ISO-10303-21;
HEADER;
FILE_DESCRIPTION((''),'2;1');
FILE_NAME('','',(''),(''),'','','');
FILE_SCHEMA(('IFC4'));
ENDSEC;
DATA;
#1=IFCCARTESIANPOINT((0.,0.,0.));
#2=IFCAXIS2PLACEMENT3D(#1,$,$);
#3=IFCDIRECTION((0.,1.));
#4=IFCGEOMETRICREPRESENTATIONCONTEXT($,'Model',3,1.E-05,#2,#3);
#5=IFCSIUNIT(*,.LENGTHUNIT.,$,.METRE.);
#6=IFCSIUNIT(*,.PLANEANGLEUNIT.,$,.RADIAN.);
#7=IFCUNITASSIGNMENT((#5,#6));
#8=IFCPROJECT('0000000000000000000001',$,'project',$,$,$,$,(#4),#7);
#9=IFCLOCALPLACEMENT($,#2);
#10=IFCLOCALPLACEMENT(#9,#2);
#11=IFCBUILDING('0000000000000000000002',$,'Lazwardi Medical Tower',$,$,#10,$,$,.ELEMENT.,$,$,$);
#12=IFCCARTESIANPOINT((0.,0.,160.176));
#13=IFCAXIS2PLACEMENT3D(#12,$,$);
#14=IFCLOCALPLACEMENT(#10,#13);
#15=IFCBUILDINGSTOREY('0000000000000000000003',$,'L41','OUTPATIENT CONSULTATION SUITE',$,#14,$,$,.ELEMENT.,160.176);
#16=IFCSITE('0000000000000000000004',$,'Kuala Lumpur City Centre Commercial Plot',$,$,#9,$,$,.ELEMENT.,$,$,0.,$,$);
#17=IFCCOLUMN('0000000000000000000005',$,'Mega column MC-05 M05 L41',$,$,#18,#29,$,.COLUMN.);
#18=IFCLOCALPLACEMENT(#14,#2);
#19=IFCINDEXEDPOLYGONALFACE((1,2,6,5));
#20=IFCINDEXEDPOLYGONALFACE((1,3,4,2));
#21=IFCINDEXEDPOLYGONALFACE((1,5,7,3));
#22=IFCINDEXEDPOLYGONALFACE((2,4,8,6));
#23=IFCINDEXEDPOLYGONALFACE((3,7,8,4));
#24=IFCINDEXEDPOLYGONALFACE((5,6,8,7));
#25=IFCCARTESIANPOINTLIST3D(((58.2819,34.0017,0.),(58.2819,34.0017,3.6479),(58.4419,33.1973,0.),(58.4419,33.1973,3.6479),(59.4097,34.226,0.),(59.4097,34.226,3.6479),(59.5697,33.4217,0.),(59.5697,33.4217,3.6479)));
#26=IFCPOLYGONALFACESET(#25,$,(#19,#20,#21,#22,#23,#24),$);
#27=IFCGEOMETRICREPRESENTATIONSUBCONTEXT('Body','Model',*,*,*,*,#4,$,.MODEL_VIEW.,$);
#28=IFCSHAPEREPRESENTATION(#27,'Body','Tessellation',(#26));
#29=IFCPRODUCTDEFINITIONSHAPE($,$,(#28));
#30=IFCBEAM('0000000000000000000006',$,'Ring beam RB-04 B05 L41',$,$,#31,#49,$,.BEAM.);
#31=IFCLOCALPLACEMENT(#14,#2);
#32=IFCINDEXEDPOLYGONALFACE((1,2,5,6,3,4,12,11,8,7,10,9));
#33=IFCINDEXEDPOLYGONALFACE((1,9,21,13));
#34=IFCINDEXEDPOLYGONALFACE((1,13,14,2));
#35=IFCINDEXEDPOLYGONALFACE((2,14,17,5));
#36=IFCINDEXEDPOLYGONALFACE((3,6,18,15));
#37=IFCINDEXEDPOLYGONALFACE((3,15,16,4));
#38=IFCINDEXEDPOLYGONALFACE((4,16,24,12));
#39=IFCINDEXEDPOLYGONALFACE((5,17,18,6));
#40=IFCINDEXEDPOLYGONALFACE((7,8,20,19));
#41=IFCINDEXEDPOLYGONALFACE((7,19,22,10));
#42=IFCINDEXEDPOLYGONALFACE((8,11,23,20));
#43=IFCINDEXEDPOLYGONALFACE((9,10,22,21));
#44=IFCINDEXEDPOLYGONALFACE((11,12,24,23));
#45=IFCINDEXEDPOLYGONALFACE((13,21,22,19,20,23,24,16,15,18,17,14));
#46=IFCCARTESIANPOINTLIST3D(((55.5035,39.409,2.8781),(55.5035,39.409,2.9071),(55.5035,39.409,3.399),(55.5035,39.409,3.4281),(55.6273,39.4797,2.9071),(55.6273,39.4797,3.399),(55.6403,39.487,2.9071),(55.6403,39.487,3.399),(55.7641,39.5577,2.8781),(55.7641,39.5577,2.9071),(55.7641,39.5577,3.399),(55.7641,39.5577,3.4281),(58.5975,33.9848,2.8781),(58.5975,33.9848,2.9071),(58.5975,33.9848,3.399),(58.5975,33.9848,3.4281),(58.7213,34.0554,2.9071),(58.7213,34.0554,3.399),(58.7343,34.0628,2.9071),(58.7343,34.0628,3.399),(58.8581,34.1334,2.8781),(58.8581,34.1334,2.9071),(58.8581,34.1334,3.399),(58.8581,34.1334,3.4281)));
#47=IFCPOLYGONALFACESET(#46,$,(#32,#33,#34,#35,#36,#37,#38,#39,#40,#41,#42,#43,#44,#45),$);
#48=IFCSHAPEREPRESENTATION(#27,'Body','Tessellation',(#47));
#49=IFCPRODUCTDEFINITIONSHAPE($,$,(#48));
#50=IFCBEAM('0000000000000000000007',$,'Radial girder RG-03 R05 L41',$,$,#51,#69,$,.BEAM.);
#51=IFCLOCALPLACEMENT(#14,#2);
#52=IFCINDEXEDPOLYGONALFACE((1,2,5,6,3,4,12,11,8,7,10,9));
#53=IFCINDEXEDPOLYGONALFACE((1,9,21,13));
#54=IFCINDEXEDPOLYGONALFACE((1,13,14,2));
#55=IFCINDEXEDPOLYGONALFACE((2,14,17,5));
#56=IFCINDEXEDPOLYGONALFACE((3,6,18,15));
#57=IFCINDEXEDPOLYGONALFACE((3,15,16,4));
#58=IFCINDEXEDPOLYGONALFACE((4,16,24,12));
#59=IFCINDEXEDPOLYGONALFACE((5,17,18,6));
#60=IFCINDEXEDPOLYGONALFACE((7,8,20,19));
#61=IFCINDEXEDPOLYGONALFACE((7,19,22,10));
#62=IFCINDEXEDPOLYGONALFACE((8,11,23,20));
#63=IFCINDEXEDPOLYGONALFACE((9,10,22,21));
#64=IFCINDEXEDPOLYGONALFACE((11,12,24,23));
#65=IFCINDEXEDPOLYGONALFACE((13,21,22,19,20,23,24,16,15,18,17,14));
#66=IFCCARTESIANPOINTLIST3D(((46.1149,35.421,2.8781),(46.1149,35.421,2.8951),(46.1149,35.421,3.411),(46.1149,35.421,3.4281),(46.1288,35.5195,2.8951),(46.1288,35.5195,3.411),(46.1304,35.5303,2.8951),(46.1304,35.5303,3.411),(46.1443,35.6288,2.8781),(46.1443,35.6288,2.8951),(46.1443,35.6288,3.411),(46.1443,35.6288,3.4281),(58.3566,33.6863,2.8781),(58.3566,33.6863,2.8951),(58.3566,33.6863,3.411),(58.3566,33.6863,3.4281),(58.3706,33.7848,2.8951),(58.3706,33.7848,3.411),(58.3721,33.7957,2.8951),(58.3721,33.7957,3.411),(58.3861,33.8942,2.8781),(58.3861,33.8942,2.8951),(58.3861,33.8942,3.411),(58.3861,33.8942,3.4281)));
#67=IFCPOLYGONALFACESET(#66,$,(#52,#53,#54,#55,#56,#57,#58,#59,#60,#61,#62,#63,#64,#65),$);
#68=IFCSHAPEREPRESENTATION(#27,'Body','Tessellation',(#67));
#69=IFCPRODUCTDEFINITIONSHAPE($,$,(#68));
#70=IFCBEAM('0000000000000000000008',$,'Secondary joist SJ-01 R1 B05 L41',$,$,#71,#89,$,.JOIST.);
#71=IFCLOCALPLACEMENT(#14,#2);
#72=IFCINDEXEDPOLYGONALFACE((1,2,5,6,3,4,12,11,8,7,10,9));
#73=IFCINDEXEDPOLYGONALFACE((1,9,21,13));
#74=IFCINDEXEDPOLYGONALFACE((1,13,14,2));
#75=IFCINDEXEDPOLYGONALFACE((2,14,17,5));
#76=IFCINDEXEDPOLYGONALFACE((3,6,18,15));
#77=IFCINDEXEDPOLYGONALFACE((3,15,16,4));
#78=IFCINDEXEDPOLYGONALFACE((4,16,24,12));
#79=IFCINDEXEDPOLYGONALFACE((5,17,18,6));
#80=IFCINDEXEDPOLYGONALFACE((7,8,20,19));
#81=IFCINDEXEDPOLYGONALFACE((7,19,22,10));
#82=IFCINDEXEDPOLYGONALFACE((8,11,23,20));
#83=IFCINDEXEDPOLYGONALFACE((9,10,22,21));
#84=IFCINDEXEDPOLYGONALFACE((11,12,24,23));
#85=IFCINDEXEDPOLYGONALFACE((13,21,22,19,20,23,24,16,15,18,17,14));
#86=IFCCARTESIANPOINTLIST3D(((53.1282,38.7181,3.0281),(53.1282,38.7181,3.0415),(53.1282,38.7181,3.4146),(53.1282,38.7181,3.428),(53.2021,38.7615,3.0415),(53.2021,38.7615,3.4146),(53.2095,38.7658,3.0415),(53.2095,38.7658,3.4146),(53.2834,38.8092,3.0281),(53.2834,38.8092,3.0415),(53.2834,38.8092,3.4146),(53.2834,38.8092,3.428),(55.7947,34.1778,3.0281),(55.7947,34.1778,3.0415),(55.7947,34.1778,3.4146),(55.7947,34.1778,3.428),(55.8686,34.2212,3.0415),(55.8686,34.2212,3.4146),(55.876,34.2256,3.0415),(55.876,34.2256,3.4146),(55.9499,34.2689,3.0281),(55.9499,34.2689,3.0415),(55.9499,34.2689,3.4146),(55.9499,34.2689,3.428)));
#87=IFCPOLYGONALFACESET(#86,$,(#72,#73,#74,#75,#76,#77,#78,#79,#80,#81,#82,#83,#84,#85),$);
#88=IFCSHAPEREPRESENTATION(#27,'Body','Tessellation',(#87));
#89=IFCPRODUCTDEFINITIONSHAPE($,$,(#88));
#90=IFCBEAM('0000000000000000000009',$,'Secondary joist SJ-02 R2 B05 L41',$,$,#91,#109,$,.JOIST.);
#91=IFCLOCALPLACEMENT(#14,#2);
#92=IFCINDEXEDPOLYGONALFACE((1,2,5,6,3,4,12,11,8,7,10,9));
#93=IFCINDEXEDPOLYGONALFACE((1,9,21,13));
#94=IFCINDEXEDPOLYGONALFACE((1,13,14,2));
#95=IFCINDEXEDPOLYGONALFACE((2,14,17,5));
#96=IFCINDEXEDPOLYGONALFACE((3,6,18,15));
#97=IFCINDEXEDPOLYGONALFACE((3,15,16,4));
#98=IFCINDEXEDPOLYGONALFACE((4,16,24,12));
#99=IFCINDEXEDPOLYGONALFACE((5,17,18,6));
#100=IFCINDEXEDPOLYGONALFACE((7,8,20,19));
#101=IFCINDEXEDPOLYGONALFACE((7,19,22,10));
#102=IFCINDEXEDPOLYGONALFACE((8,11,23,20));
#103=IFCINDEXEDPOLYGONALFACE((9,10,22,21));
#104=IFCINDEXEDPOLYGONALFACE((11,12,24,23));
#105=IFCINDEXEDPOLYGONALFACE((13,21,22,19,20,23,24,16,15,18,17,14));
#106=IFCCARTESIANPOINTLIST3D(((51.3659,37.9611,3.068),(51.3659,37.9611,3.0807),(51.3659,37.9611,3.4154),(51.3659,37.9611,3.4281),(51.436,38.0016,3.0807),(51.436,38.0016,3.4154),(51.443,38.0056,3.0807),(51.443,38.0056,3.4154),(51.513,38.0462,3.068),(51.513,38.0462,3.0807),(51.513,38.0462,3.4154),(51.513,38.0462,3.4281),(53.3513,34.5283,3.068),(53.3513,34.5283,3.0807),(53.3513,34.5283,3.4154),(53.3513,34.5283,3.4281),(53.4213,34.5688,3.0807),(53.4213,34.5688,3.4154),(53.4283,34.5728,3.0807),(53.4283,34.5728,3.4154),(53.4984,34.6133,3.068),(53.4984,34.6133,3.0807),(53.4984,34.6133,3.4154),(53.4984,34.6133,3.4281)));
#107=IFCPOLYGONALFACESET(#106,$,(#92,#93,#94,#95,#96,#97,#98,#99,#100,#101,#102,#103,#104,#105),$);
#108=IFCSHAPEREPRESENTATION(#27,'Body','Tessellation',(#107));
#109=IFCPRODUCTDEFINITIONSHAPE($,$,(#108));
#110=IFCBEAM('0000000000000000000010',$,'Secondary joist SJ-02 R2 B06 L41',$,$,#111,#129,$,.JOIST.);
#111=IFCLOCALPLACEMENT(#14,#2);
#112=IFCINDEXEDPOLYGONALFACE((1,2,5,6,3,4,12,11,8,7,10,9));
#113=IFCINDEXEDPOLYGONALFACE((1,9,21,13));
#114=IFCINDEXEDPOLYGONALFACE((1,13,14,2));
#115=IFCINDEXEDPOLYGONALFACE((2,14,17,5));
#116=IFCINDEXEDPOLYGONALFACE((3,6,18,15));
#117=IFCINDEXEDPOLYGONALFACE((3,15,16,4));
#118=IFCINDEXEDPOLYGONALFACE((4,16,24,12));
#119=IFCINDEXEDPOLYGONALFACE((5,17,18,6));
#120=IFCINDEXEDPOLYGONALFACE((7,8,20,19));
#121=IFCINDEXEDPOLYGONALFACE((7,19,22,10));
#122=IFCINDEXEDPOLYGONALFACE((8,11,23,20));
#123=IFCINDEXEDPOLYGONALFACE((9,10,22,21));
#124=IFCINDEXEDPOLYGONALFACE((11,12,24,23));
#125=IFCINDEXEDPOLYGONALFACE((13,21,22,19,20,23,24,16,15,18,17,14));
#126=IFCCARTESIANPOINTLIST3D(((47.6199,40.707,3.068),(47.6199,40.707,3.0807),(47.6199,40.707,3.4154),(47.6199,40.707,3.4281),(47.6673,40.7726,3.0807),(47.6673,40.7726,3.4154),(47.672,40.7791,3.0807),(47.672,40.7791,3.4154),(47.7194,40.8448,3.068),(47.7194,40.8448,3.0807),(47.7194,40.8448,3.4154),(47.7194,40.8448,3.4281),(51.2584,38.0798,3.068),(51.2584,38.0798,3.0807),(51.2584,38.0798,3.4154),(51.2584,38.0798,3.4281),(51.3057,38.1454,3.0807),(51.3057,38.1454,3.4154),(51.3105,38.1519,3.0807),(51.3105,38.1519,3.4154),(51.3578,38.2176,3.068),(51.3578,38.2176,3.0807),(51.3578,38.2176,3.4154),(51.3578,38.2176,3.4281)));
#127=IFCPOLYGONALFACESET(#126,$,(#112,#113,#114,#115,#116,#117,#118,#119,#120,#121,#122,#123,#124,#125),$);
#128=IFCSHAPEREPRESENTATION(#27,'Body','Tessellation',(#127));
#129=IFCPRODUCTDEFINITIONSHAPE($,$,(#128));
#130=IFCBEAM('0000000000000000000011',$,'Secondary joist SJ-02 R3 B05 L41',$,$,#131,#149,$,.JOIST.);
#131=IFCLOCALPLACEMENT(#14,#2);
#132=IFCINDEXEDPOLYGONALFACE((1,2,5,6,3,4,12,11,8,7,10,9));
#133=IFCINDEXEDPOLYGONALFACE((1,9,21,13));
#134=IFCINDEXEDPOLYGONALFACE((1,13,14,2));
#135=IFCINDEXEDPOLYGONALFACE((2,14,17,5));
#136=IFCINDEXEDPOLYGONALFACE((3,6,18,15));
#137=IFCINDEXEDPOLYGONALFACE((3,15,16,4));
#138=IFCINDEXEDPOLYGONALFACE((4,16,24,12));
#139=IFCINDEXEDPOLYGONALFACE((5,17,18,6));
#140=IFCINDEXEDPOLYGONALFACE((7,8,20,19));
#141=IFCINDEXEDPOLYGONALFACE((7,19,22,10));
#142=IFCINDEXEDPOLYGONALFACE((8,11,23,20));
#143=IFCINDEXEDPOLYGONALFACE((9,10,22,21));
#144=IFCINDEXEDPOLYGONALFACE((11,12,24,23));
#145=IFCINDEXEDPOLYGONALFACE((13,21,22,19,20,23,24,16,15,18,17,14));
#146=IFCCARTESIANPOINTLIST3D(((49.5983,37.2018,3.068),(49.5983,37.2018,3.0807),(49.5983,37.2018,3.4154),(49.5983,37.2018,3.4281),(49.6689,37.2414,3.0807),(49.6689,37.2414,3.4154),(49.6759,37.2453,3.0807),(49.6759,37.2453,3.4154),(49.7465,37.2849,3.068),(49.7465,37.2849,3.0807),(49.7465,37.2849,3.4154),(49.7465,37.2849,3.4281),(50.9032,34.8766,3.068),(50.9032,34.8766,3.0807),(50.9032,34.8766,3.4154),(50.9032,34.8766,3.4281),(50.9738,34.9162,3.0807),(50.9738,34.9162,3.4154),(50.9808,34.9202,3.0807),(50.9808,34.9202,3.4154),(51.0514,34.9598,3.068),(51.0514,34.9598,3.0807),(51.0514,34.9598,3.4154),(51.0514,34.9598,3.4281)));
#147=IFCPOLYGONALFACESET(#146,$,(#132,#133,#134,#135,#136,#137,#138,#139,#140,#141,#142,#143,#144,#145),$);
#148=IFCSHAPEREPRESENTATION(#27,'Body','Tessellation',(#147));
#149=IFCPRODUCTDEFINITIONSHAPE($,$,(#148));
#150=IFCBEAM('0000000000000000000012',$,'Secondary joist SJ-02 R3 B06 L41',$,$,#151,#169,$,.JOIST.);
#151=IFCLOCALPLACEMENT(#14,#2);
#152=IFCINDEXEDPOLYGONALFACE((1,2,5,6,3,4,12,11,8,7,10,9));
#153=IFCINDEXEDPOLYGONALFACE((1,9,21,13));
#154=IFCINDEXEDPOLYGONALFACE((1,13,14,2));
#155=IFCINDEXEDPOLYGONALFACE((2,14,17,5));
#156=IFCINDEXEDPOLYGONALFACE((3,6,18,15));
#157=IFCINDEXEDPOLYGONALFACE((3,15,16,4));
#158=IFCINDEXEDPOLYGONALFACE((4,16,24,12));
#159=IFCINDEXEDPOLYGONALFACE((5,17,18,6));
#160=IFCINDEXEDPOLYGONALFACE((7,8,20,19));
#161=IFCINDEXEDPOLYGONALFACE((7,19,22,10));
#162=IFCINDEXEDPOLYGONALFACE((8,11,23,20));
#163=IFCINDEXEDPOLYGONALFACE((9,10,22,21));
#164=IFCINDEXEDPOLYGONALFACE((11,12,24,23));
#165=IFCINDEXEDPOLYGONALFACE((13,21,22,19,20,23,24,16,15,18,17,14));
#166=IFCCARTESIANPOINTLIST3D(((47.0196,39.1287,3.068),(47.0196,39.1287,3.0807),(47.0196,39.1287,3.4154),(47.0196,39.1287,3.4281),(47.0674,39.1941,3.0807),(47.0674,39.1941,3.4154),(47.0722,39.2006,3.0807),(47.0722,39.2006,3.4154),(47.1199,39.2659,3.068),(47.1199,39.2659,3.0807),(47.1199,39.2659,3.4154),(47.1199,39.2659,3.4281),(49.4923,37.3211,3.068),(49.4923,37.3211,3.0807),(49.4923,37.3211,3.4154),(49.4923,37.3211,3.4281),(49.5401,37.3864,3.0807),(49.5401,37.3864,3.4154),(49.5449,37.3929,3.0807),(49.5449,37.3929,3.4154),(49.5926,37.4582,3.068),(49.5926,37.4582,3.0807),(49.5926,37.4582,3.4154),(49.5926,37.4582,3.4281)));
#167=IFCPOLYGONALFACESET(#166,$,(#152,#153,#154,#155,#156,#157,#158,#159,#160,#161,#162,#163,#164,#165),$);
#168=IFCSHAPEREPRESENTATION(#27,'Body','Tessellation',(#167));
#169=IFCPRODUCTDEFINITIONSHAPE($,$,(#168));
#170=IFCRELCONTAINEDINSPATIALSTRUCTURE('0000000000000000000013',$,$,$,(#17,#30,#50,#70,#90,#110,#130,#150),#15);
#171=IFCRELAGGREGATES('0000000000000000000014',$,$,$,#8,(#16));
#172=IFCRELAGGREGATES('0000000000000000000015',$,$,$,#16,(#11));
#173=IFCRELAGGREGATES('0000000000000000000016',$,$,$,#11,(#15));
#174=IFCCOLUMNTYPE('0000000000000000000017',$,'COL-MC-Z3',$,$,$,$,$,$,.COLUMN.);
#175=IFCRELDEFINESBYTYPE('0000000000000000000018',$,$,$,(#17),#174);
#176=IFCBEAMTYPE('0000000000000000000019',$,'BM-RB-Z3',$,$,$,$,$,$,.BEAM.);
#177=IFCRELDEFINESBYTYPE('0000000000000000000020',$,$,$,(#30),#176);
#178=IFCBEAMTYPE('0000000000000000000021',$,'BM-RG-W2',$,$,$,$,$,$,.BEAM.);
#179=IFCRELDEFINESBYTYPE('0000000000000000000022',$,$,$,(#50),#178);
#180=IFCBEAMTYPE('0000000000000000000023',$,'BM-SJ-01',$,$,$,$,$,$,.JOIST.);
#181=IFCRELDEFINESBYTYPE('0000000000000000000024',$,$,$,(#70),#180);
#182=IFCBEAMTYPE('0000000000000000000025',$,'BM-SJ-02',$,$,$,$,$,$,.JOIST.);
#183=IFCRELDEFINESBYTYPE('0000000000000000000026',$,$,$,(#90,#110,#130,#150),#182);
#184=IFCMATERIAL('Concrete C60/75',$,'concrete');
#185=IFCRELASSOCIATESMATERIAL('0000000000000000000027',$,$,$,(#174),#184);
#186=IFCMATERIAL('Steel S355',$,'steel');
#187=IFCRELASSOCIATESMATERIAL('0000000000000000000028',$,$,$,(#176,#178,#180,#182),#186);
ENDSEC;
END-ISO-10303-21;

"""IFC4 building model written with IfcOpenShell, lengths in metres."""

from ifc_helpers import new_model, si_unit, direction, frame, origin, origin_2d, place, context, subcontext, project, spatial, rectangle, i_section, extrude, material, material_profile, profile_set, type_object, element, save


model = new_model("IFC4")

# Units and contexts
model_context = context("Model", 3, precision=1e-05, world=origin(), true_north=direction((0.0, 1.0)))
body_context = subcontext(model_context, "Body", "Model", "MODEL_VIEW")
ifc_project = project(units=[si_unit("LENGTHUNIT", "METRE"), si_unit("PLANEANGLEUNIT", "RADIAN")], contexts=[model_context])

# Site, building, storey
site_placement = place(None, origin())
site = spatial("IfcSite", under=ifc_project, at=site_placement, Name="Kuala Lumpur City Centre Commercial Plot", CompositionType="ELEMENT", RefElevation=0.0)
building_placement = place(site_placement, origin())
building = spatial("IfcBuilding", under=site, at=building_placement, Name="Lazwardi Medical Tower", CompositionType="ELEMENT")
storey_placement = place(building_placement, frame((0.0, 0.0, 160.176)))
storey = spatial("IfcBuildingStorey", under=building, at=storey_placement, Name="L41", Description="OUTPATIENT CONSULTATION SUITE", CompositionType="ELEMENT", Elevation=160.176)

# Column
ifc_material_1 = material(Name="Concrete C60/75", Category="concrete")
ifc_material_profile_1 = material_profile(ifc_material_1, rectangle(XDim=1.1499, YDim=0.8201, at=origin_2d()), Name="CFT-RECT 1150x820")
ifc_profile_set_1 = profile_set([ifc_material_profile_1], Name="Concrete C60/75")
column_type = type_object("IfcColumnType", Name="COL-MC-Z3", PredefinedType="COLUMN", material=ifc_profile_set_1)
column_placement = place(storey_placement, frame((58.9258, 33.7117, 0.0), z_axis=(0.0, 0.0, 1.0), x_axis=(0.980785, 0.19509, 0.0)))
element("IfcColumn", 1, at=column_placement, inside=storey, type_object=column_type, Name="Mega column MC-05 M05 L41", PredefinedType="COLUMN", context=body_context, shape_type="SweptSolid", body=[
    extrude(rectangle(XDim=1.1499, YDim=0.8201, at=origin_2d()), origin(), (0.0, 0.0, 1.0), 3.6479),
])

# Beams
ifc_material_2 = material(Name="Steel S355", Category="steel")
ifc_material_profile_2 = material_profile(ifc_material_2, i_section(OverallWidth=0.3, OverallDepth=0.55, WebThickness=0.0149, FlangeThickness=0.0291, at=origin_2d()), Name="HEB 550")
ifc_profile_set_2 = profile_set([ifc_material_profile_2], Name="Steel S355")
beam_type_1 = type_object("IfcBeamType", Name="BM-RB-Z3", PredefinedType="BEAM", material=ifc_profile_set_2)
beam_1_placement = place(storey_placement, frame((58.7278, 34.0591, 3.1531), z_axis=(-0.495461, 0.86863, 0.0), x_axis=(-0.86863, -0.495461, 0.0)))
element("IfcBeam", 2, at=beam_1_placement, inside=storey, type_object=beam_type_1, Name="Ring beam RB-04 B05 L41", PredefinedType="BEAM", context=body_context, shape_type="SweptSolid", body=[
    extrude(i_section(OverallWidth=0.3, OverallDepth=0.55, WebThickness=0.0149, FlangeThickness=0.0291, at=origin_2d()), origin(), (0.0, 0.0, 1.0), 6.2446),
])
ifc_material_profile_3 = material_profile(ifc_material_2, i_section(OverallWidth=0.21, OverallDepth=0.55, WebThickness=0.011, FlangeThickness=0.0171, at=origin_2d()), Name="IPE 550")
ifc_profile_set_3 = profile_set([ifc_material_profile_3], Name="Steel S355")
beam_type_2 = type_object("IfcBeamType", Name="BM-RG-W2", PredefinedType="BEAM", material=ifc_profile_set_3)
beam_2_placement = place(storey_placement, frame((58.3713, 33.7903, 3.1531), z_axis=(-0.99011, 0.140296, 0.0), x_axis=(-0.140296, -0.99011, 0.0)))
element("IfcBeam", 3, at=beam_2_placement, inside=storey, type_object=beam_type_2, Name="Radial girder RG-03 R05 L41", PredefinedType="BEAM", context=body_context, shape_type="SweptSolid", body=[
    extrude(i_section(OverallWidth=0.21, OverallDepth=0.55, WebThickness=0.011, FlangeThickness=0.0171, at=origin_2d()), origin(), (0.0, 0.0, 1.0), 12.364),
])
ifc_material_profile_4 = material_profile(ifc_material_2, i_section(OverallWidth=0.1799, OverallDepth=0.3999, WebThickness=0.0085, FlangeThickness=0.0134, at=origin_2d()), Name="IPE 400")
ifc_profile_set_4 = profile_set([ifc_material_profile_4], Name="Steel S355")
beam_type_3 = type_object("IfcBeamType", Name="BM-SJ-01", PredefinedType="JOIST", material=ifc_profile_set_4)
beam_3_placement = place(storey_placement, frame((55.8723, 34.2234, 3.228), z_axis=(-0.50642, 0.862287, 0.0), x_axis=(-0.862287, -0.50642, 0.0)))
element("IfcBeam", 4, at=beam_3_placement, inside=storey, type_object=beam_type_3, Name="Secondary joist SJ-01 R1 B05 L41", PredefinedType="JOIST", context=body_context, shape_type="SweptSolid", body=[
    extrude(i_section(OverallWidth=0.1799, OverallDepth=0.3999, WebThickness=0.0085, FlangeThickness=0.0134, at=origin_2d()), origin(), (0.0, 0.0, 1.0), 5.2654),
])
ifc_material_profile_5 = material_profile(ifc_material_2, i_section(OverallWidth=0.1699, OverallDepth=0.3601, WebThickness=0.0081, FlangeThickness=0.0127, at=origin_2d()), Name="IPE 360")
ifc_profile_set_5 = profile_set([ifc_material_profile_5], Name="Steel S355")
beam_type_4 = type_object("IfcBeamType", Name="BM-SJ-02", PredefinedType="JOIST", material=ifc_profile_set_5)
beam_4_placement = place(storey_placement, frame((53.4248, 34.5708, 3.248), z_axis=(-0.500641, 0.865655, 0.0), x_axis=(-0.865655, -0.500641, 0.0)))
element("IfcBeam", 5, at=beam_4_placement, inside=storey, type_object=beam_type_4, Name="Secondary joist SJ-02 R2 B05 L41", PredefinedType="JOIST", context=body_context, shape_type="SweptSolid", body=[
    extrude(i_section(OverallWidth=0.1699, OverallDepth=0.3601, WebThickness=0.0081, FlangeThickness=0.0127, at=origin_2d()), origin(), (0.0, 0.0, 1.0), 3.9656),
])
beam_5_placement = place(storey_placement, frame((51.3081, 38.1487, 3.248), z_axis=(-0.810738, 0.585409, 0.0), x_axis=(-0.585409, -0.810738, 0.0)))
element("IfcBeam", 6, at=beam_5_placement, inside=storey, type_object=beam_type_4, Name="Secondary joist SJ-02 R2 B06 L41", PredefinedType="JOIST", context=body_context, shape_type="SweptSolid", body=[
    extrude(i_section(OverallWidth=0.1699, OverallDepth=0.3601, WebThickness=0.0081, FlangeThickness=0.0127, at=origin_2d()), origin(), (0.0, 0.0, 1.0), 4.4878),
])
beam_6_placement = place(storey_placement, frame((50.9773, 34.9182, 3.248), z_axis=(-0.489409, 0.872054, 0.0), x_axis=(-0.872054, -0.489409, 0.0)))
element("IfcBeam", 7, at=beam_6_placement, inside=storey, type_object=beam_type_4, Name="Secondary joist SJ-02 R3 B05 L41", PredefinedType="JOIST", context=body_context, shape_type="SweptSolid", body=[
    extrude(i_section(OverallWidth=0.1699, OverallDepth=0.3601, WebThickness=0.0081, FlangeThickness=0.0127, at=origin_2d()), origin(), (0.0, 0.0, 1.0), 2.6663),
])
beam_7_placement = place(storey_placement, frame((49.5425, 37.3896, 3.248), z_axis=(-0.807286, 0.59016, 0.0), x_axis=(-0.59016, -0.807286, 0.0)))
element("IfcBeam", 8, at=beam_7_placement, inside=storey, type_object=beam_type_4, Name="Secondary joist SJ-02 R3 B06 L41", PredefinedType="JOIST", context=body_context, shape_type="SweptSolid", body=[
    extrude(i_section(OverallWidth=0.1699, OverallDepth=0.3601, WebThickness=0.0081, FlangeThickness=0.0127, at=origin_2d()), origin(), (0.0, 0.0, 1.0), 3.063),
])

save(model, "model.ifc")
